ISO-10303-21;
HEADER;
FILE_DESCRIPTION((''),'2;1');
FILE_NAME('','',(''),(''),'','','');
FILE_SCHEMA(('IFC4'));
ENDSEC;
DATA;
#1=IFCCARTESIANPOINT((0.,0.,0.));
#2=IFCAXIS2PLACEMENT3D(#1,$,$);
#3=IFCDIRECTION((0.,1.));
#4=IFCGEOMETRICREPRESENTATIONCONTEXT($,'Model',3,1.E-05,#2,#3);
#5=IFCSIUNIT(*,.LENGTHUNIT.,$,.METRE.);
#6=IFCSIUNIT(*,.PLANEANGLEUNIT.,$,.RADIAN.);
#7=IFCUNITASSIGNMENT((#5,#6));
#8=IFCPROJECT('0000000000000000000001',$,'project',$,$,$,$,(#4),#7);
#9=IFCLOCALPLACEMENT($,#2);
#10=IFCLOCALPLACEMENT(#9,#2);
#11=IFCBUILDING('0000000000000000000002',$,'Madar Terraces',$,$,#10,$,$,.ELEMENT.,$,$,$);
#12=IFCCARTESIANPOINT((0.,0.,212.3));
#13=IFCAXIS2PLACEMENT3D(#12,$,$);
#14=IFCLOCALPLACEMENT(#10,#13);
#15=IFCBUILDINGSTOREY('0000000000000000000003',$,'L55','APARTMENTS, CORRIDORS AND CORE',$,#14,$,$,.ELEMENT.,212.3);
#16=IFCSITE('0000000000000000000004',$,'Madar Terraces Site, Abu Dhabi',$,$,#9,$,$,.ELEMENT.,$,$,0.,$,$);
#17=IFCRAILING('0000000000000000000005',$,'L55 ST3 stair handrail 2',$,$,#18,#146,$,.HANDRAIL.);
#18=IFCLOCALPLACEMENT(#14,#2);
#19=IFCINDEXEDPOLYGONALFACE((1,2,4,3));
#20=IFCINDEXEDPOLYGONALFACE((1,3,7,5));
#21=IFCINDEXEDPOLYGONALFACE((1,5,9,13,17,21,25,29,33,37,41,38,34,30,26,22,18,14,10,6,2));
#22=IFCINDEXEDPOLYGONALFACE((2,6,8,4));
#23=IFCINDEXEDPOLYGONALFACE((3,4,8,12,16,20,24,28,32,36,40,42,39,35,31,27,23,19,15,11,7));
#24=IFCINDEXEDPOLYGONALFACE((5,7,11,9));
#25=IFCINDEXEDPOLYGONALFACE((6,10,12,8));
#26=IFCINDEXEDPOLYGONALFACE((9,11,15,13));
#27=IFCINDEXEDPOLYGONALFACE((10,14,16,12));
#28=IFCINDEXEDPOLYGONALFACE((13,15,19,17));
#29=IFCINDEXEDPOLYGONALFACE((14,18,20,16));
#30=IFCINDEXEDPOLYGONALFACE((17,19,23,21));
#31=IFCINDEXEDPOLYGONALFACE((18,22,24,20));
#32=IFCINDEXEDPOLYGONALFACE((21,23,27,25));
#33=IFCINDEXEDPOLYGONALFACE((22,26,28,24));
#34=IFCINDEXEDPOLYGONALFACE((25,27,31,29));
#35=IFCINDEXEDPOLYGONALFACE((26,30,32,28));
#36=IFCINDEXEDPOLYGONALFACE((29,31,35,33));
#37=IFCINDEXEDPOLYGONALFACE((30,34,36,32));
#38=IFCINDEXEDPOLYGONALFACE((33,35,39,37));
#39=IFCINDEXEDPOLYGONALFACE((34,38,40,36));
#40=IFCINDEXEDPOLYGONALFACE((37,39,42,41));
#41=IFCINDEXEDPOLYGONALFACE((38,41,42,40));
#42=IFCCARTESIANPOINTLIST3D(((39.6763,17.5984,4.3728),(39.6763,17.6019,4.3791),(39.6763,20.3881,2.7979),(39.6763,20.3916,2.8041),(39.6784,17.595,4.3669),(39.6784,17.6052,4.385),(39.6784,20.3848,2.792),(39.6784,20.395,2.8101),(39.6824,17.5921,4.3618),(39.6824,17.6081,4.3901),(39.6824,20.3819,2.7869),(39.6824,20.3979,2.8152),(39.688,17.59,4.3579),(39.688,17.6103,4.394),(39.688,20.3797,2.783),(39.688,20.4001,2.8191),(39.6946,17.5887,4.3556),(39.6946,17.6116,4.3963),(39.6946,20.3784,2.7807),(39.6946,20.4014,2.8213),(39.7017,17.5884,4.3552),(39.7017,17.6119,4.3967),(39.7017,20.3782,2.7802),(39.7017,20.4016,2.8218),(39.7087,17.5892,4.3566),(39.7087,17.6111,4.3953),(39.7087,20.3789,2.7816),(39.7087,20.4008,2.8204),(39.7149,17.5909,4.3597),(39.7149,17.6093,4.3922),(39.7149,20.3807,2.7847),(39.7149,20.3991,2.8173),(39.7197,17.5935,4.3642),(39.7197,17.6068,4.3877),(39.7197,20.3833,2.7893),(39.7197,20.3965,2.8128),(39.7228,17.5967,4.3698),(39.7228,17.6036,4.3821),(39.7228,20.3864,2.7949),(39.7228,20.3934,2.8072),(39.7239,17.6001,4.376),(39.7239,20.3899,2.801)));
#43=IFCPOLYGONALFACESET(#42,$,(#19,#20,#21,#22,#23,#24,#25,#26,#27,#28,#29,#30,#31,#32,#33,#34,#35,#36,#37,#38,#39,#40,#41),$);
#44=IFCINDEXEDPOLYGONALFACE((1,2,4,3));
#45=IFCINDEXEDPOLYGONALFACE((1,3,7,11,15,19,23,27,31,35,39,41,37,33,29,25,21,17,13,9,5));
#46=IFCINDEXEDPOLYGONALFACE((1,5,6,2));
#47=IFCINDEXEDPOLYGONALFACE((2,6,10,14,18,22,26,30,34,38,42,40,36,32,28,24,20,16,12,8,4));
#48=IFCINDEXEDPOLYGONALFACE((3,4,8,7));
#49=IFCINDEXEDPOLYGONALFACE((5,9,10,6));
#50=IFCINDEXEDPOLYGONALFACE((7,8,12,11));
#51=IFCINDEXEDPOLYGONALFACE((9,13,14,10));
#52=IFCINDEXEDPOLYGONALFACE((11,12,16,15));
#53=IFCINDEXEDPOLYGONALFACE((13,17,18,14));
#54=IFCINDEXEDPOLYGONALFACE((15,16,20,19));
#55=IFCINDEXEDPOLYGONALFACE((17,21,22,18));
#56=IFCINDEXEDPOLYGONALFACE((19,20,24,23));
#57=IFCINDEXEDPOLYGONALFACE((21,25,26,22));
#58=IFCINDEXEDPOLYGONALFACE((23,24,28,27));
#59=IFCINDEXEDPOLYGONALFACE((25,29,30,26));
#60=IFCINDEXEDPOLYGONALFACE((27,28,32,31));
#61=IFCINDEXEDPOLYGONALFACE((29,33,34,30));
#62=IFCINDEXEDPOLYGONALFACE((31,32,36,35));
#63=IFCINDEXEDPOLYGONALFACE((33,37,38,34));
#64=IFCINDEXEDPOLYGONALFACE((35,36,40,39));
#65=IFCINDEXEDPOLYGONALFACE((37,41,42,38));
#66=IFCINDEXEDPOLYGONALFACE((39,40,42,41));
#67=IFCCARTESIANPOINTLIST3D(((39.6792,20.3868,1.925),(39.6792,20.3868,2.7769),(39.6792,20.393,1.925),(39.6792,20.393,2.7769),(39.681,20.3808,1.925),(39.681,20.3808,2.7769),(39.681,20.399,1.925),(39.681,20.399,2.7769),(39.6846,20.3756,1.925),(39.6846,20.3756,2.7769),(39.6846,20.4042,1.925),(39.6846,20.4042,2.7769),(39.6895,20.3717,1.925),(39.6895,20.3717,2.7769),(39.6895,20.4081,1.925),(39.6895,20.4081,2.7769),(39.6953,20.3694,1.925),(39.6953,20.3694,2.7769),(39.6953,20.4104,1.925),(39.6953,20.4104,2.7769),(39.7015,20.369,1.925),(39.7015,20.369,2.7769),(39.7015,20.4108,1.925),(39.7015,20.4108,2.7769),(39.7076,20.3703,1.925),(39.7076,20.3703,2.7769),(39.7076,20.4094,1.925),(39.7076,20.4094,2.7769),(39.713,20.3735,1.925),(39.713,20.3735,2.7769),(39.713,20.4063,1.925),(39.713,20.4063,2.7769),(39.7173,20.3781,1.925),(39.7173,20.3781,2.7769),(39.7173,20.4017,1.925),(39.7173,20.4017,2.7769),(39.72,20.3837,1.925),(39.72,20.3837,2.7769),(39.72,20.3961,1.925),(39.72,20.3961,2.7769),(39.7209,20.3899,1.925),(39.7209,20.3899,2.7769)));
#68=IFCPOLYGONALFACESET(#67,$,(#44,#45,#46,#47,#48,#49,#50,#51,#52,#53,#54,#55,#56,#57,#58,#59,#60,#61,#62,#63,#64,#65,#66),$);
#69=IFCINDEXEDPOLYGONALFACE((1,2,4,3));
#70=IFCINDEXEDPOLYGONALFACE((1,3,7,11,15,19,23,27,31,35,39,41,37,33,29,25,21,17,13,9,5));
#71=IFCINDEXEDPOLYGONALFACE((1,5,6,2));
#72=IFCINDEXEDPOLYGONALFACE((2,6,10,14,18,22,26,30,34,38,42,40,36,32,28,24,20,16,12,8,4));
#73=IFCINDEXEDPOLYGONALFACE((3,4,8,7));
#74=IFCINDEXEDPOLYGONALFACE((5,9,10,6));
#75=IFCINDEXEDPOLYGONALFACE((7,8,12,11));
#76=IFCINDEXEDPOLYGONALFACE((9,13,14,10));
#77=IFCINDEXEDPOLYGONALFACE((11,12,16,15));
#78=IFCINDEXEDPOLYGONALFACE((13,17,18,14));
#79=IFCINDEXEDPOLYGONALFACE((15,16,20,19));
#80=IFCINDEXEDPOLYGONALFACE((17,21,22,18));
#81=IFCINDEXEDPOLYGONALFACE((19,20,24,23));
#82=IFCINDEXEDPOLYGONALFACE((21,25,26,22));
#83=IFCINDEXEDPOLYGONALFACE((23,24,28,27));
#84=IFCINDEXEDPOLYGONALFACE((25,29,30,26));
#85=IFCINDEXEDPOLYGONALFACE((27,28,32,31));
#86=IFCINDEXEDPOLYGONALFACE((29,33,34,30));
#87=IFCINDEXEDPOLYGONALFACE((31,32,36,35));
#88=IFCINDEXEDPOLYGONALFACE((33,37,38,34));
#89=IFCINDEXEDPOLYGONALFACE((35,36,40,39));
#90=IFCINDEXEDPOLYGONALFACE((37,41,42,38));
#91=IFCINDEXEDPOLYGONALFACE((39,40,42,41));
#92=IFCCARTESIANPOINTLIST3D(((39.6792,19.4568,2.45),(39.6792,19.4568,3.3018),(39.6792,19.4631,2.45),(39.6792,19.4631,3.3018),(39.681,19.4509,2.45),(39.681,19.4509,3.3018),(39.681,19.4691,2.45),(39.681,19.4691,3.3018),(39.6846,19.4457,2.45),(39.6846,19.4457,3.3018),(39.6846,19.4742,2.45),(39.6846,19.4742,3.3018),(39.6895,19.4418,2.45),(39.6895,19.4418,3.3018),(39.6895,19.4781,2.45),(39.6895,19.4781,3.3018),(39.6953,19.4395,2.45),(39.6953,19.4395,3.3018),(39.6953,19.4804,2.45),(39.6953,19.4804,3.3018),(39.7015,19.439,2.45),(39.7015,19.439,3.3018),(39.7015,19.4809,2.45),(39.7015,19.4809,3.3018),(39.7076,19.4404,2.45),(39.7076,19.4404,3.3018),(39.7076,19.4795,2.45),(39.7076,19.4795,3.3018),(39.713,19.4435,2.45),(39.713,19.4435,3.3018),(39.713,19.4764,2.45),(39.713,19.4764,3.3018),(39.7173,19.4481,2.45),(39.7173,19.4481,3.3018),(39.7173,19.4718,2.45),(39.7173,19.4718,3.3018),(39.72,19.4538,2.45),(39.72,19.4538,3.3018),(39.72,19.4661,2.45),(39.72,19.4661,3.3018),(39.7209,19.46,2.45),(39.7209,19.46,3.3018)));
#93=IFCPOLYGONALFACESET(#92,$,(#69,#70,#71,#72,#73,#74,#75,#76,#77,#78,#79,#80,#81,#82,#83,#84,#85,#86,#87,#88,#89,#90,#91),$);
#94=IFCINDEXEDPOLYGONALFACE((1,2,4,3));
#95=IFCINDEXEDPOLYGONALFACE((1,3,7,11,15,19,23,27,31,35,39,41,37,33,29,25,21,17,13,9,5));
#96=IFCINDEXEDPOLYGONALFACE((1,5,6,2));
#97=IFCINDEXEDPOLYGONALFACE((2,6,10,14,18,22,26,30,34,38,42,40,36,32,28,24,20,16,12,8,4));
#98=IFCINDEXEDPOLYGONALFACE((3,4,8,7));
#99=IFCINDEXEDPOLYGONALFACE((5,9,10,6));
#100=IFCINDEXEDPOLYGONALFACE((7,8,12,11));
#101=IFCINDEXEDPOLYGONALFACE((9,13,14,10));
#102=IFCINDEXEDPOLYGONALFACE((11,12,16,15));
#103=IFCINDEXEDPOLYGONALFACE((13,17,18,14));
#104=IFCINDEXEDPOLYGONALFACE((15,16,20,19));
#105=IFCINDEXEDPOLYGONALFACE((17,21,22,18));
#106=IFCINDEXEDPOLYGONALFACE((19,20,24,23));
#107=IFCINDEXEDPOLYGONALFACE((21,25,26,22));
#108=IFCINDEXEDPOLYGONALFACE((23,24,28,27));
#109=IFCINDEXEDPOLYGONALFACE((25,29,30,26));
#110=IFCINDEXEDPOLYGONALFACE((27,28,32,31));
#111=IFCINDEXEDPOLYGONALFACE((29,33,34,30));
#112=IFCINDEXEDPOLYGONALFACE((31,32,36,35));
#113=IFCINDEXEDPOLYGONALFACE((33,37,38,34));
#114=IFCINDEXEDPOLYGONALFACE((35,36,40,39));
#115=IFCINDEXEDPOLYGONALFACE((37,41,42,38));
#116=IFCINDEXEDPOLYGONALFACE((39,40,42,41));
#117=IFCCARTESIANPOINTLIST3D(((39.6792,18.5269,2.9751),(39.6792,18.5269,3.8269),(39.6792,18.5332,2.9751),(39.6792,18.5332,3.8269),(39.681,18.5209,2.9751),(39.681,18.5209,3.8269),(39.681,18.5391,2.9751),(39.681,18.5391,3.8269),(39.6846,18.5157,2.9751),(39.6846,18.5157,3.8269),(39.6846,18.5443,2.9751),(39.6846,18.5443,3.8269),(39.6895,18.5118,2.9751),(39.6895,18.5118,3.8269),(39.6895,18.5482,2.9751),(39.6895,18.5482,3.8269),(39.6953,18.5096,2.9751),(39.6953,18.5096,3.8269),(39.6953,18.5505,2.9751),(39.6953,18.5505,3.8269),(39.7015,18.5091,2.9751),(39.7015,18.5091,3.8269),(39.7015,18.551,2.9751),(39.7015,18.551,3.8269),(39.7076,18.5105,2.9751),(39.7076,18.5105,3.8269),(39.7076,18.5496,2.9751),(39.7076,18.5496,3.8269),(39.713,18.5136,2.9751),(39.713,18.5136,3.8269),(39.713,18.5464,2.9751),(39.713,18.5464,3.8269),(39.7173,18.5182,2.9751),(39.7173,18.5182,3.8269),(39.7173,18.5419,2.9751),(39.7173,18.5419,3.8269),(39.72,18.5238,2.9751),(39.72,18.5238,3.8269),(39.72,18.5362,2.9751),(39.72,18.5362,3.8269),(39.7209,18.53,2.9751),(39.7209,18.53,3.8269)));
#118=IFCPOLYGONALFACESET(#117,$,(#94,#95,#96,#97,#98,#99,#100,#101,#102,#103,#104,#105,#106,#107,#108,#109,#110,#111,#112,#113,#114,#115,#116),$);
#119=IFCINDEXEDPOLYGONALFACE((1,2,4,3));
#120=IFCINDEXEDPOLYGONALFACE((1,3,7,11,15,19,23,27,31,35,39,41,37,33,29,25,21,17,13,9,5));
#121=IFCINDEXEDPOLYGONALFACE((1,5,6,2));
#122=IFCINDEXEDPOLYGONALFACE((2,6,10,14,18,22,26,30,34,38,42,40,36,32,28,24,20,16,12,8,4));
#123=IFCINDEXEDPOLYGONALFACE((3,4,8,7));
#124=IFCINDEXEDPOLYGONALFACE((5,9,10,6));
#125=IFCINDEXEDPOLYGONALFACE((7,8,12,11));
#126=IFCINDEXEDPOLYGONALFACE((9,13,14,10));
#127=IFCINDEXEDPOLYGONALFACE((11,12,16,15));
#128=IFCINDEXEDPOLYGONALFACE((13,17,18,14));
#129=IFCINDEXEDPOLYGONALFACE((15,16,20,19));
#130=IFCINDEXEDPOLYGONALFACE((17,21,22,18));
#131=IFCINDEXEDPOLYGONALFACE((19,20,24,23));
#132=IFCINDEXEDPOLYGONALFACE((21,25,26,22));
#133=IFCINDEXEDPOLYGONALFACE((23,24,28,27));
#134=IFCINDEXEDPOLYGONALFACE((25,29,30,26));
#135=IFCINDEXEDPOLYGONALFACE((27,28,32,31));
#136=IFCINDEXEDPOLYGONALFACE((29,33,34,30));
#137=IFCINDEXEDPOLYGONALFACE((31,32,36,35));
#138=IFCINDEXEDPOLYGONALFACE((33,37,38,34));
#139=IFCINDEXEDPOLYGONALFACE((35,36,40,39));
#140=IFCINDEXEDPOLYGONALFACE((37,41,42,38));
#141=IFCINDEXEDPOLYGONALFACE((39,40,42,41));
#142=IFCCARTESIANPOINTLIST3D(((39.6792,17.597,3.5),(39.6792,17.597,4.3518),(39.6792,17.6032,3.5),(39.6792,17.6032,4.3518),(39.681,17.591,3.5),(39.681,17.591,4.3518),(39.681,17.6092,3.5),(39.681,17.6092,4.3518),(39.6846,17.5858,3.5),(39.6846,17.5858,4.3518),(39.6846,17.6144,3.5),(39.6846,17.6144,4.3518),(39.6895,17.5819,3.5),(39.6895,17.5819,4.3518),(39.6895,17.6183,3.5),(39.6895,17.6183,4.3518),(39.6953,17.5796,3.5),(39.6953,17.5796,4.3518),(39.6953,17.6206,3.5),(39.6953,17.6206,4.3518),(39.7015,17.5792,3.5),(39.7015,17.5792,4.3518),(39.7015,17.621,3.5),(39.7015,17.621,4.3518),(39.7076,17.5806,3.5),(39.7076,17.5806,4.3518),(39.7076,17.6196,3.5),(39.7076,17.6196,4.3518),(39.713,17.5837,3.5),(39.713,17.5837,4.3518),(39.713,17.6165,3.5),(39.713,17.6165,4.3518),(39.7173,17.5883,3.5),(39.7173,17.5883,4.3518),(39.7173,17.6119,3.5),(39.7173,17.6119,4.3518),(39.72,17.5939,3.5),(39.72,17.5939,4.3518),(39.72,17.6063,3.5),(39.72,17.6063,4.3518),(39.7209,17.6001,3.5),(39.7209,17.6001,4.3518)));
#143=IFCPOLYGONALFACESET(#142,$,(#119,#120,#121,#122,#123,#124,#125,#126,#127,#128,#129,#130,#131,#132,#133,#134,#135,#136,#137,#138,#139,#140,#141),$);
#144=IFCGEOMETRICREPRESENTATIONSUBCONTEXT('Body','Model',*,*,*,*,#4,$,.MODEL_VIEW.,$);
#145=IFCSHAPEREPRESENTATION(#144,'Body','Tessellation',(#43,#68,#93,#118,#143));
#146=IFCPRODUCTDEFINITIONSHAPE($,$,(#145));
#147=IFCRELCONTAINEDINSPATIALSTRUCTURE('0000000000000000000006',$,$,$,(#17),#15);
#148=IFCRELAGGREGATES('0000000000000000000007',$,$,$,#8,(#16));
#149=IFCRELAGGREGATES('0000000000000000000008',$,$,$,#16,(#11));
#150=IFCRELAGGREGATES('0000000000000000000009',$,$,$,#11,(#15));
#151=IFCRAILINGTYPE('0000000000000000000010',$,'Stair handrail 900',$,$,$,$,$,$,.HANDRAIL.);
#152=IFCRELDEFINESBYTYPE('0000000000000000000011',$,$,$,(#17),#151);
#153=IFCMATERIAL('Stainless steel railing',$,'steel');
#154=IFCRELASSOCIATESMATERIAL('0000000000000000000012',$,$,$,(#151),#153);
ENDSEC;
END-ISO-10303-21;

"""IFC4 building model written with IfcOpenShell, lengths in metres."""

from ifc_helpers import new_model, si_unit, direction, frame, origin, origin_2d, place, context, subcontext, project, spatial, circle, extrude, material, type_object, element, save


model = new_model("IFC4")

# Units and contexts
model_context = context("Model", 3, precision=1e-05, world=origin(), true_north=direction((0.0, 1.0)))
body_context = subcontext(model_context, "Body", "Model", "MODEL_VIEW")
ifc_project = project(units=[si_unit("LENGTHUNIT", "METRE"), si_unit("PLANEANGLEUNIT", "RADIAN")], contexts=[model_context])

# Site, building, storey
site_placement = place(None, origin())
site = spatial("IfcSite", under=ifc_project, at=site_placement, Name="Madar Terraces Site, Abu Dhabi", CompositionType="ELEMENT", RefElevation=0.0)
building_placement = place(site_placement, origin())
building = spatial("IfcBuilding", under=site, at=building_placement, Name="Madar Terraces", CompositionType="ELEMENT")
storey_placement = place(building_placement, frame((0.0, 0.0, 212.3)))
storey = spatial("IfcBuildingStorey", under=building, at=storey_placement, Name="L55", Description="APARTMENTS, CORRIDORS AND CORE", CompositionType="ELEMENT", Elevation=212.3)

# Railing
ifc_material_1 = material(Name="Stainless steel railing", Category="steel")
railing_type_1 = type_object("IfcRailingType", Name="Stair handrail 900", PredefinedType="HANDRAIL", material=ifc_material_1)
railing_1_placement = place(storey_placement, frame((39.7, 20.3899, 1.925)))
element("IfcRailing", 1, at=railing_1_placement, inside=storey, type_object=railing_type_1, Name="L55 ST3 stair handrail 2", PredefinedType="HANDRAIL", context=body_context, shape_type="SweptSolid", body=[
    extrude(circle(Radius=0.0239, at=origin_2d()), frame((0.0, 0.0, 0.876), z_axis=(0.0, -0.870815, 0.49161), x_axis=(1.0, 0.0, 0.0)), (0.0, 0.0, 1.0), 3.2036),
    extrude(circle(Radius=0.021, at=origin_2d()), origin(), (0.0, 0.0, 1.0), 0.8518),
    extrude(circle(Radius=0.021, at=origin_2d()), frame((0.0, -0.9299, 0.5249)), (0.0, 0.0, 1.0), 0.8518),
    extrude(circle(Radius=0.021, at=origin_2d()), frame((0.0, -1.8599, 1.05)), (0.0, 0.0, 1.0), 0.8518),
    extrude(circle(Radius=0.021, at=origin_2d()), frame((0.0, -2.7898, 1.575)), (0.0, 0.0, 1.0), 0.8518),
])

save(model, "model.ifc")
